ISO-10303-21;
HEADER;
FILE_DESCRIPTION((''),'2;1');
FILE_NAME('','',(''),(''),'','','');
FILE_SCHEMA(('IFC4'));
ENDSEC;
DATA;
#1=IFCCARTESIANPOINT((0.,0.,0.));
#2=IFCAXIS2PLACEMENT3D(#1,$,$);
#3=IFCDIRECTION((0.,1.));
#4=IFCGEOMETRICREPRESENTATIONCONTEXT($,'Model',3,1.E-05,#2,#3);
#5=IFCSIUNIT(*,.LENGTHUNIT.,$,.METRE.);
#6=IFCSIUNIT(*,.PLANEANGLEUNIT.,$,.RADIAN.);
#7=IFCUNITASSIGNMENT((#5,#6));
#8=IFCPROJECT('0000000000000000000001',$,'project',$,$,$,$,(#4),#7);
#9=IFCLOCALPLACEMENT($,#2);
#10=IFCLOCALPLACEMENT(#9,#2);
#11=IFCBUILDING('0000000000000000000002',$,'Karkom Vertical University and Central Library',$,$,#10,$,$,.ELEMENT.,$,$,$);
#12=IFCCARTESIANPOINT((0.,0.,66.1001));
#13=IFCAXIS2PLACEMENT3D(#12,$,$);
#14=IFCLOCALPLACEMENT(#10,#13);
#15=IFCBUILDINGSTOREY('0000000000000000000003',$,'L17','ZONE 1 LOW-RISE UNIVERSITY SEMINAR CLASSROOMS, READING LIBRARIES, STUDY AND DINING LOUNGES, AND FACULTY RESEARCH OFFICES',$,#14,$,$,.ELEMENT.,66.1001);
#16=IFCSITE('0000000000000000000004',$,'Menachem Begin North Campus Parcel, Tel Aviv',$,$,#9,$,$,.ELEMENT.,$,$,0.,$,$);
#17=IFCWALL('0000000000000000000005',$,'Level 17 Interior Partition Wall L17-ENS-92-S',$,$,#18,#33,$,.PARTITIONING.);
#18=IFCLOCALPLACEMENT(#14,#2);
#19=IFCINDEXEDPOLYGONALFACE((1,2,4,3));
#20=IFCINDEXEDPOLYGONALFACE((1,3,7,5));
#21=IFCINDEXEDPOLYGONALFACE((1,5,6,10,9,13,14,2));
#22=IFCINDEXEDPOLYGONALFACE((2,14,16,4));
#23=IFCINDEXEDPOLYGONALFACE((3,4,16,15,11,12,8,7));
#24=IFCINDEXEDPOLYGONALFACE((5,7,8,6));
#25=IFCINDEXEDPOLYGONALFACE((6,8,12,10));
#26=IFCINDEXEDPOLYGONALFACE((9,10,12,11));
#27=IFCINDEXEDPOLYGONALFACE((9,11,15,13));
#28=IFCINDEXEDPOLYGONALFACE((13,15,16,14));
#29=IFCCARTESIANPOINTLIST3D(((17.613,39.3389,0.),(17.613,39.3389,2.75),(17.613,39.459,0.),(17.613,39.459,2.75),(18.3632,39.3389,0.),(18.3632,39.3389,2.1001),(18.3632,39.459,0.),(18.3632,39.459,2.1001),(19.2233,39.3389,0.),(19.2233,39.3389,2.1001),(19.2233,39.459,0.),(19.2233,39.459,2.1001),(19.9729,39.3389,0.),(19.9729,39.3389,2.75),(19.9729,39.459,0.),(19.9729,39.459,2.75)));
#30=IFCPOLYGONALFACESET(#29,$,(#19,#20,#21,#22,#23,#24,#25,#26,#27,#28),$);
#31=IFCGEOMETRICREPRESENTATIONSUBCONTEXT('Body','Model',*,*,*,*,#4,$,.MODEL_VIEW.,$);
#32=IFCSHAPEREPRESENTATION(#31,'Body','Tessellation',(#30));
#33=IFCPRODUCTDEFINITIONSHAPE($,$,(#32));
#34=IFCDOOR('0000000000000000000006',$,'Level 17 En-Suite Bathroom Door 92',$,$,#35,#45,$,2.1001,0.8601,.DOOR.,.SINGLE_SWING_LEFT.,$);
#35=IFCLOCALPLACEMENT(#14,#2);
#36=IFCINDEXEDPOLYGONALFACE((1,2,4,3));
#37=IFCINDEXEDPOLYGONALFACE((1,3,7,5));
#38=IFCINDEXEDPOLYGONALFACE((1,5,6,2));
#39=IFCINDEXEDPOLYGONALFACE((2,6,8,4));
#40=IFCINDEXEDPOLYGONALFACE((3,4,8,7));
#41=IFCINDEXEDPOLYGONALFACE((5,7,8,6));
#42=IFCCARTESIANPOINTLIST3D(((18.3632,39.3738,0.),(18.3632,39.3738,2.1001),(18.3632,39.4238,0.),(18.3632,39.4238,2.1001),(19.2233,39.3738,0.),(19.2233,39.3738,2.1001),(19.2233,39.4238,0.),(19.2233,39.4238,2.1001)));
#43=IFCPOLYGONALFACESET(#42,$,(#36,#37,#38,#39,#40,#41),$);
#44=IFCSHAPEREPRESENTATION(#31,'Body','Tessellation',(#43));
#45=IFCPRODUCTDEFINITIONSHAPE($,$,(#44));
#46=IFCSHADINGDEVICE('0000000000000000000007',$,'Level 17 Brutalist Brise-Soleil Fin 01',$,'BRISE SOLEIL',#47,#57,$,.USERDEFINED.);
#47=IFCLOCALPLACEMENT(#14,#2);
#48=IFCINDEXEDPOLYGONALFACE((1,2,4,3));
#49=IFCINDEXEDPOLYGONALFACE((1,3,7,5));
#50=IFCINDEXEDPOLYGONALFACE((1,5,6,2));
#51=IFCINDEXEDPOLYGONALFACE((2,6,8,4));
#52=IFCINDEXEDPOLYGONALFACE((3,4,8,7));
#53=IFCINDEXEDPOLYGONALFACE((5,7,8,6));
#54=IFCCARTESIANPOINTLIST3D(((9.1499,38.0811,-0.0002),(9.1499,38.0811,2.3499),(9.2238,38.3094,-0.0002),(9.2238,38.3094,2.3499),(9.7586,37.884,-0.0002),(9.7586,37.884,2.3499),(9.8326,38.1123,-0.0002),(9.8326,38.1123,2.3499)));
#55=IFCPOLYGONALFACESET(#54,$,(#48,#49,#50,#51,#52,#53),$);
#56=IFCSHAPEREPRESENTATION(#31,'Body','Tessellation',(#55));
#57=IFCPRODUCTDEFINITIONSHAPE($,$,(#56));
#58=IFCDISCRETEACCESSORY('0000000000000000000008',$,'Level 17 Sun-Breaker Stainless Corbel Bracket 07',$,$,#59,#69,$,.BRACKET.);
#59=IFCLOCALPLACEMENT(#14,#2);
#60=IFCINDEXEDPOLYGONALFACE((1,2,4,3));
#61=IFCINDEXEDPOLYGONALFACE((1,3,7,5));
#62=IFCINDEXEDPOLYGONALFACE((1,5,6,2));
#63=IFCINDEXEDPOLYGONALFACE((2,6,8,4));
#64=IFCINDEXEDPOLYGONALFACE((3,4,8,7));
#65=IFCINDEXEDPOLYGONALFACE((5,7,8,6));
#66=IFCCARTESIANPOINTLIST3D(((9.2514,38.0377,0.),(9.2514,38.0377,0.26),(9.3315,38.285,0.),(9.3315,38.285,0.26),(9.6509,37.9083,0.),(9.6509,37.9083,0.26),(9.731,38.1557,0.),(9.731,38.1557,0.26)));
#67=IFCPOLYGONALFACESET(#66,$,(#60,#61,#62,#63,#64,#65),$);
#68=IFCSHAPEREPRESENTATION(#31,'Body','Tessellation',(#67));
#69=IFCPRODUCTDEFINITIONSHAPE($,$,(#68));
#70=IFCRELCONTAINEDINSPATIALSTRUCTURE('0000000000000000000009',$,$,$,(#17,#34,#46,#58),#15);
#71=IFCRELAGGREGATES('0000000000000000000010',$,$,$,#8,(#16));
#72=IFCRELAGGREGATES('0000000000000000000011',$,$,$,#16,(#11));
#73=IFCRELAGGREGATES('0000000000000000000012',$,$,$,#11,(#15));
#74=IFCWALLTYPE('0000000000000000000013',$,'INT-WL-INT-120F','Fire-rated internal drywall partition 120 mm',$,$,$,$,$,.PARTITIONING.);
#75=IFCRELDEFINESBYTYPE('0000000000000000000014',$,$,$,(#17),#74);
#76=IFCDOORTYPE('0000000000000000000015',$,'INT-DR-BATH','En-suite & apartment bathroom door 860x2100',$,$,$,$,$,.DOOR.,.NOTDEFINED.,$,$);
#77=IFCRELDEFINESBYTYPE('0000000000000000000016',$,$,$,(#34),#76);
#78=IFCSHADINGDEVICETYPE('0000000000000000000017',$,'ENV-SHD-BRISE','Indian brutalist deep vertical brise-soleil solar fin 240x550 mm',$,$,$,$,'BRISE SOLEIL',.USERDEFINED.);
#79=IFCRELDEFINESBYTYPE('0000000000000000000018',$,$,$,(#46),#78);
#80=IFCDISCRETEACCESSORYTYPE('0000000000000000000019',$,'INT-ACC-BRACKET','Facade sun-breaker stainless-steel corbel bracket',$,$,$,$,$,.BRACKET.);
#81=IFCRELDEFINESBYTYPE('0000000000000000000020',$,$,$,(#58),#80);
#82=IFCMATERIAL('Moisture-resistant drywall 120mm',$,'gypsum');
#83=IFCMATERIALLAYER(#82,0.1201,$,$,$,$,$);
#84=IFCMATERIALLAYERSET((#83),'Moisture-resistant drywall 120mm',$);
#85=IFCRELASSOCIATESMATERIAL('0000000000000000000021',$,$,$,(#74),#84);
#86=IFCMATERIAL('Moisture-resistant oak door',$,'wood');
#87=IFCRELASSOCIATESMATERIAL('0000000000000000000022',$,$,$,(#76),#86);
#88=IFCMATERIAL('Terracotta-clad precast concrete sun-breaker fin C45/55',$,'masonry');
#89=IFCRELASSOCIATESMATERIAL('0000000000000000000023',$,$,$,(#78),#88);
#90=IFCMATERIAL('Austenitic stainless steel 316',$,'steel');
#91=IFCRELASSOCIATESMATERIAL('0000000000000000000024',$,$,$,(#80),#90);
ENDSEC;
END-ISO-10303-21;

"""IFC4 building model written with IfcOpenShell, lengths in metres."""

from ifc_helpers import new_model, si_unit, direction, frame, frame_2d, origin, origin_with_axes, origin_2d, place, context, subcontext, project, spatial, rectangle, extrude, source, transform, mapped, material, layer, layer_set, type_object, element, fill, save


model = new_model("IFC4")

# Units and contexts
model_context = context("Model", 3, precision=1e-05, world=origin(), true_north=direction((0.0, 1.0)))
body_context = subcontext(model_context, "Body", "Model", "MODEL_VIEW")
ifc_project = project(units=[si_unit("LENGTHUNIT", "METRE"), si_unit("PLANEANGLEUNIT", "RADIAN")], contexts=[model_context])

# Site, building, storey
site_placement = place(None, origin())
site = spatial("IfcSite", under=ifc_project, at=site_placement, Name="Menachem Begin North Campus Parcel, Tel Aviv", CompositionType="ELEMENT", RefElevation=0.0)
building_placement = place(site_placement, origin())
building = spatial("IfcBuilding", under=site, at=building_placement, Name="Karkom Vertical University and Central Library", CompositionType="ELEMENT")
storey_placement = place(building_placement, frame((0.0, 0.0, 66.1001)))
storey = spatial("IfcBuildingStorey", under=building, at=storey_placement, Name="L17", Description="ZONE 1 LOW-RISE UNIVERSITY SEMINAR CLASSROOMS, READING LIBRARIES, STUDY AND DINING LOUNGES, AND FACULTY RESEARCH OFFICES", CompositionType="ELEMENT", Elevation=66.1001)

# Wall, opening, door
ifc_material_1 = material(Name="Moisture-resistant drywall 120mm", Category="gypsum")
ifc_layer_1 = layer(ifc_material_1, 0.1201)
ifc_layer_set_1 = layer_set([ifc_layer_1], Name="Moisture-resistant drywall 120mm")
wall_type_1 = type_object("IfcWallType", Name="INT-WL-INT-120F", Description="Fire-rated internal drywall partition 120 mm", PredefinedType="PARTITIONING", material=ifc_layer_set_1)
wall_1_placement = place(storey_placement, frame((17.613, 39.3989, 0.0), z_axis=(0.0, 0.0, 1.0), x_axis=(1.0, 0.0, 0.0)))
wall_1 = element("IfcWall", 1, at=wall_1_placement, inside=storey, type_object=wall_type_1, Name="Level 17 Interior Partition Wall L17-ENS-92-S", PredefinedType="PARTITIONING", context=body_context, shape_type="SweptSolid", body=[
    extrude(rectangle(XDim=2.3599, YDim=0.1201, at=frame_2d((1.1799, 0.0))), origin(), (0.0, 0.0, 1.0), 2.75),
])
opening_1_placement = place(wall_1_placement, frame((0.75, 0.0, 0.0)))
opening_1 = element("IfcOpeningElement", 2, at=opening_1_placement, cuts=wall_1, PredefinedType="OPENING", context=body_context, shape_type="SweptSolid", body=[
    extrude(rectangle(XDim=0.8601, YDim=2.1001, at=frame_2d((0.4302, 1.05))), frame((0.0, 0.0701, 0.0), z_axis=(0.0, -1.0, 0.0), x_axis=(1.0, 0.0, 0.0)), (0.0, 0.0, 1.0), 0.1401),
])
ifc_material_2 = material(Name="Moisture-resistant oak door", Category="wood")
door_type_1 = type_object("IfcDoorType", Name="INT-DR-BATH", Description="En-suite & apartment bathroom door 860x2100", OperationType="NOTDEFINED", PredefinedType="DOOR", material=ifc_material_2)
shared_shape_1 = source(origin_with_axes(), body_context, "Body", "SweptSolid", [
    extrude(rectangle(XDim=0.8601, YDim=2.1001, at=frame_2d((0.4302, 1.05))), frame((0.0, 0.0249, 0.0), z_axis=(0.0, -1.0, 0.0), x_axis=(1.0, 0.0, 0.0)), (0.0, 0.0, 1.0), 0.05),
])
door_1_placement = place(opening_1_placement, origin())
door_1 = element("IfcDoor", 3, at=door_1_placement, inside=storey, type_object=door_type_1, Name="Level 17 En-Suite Bathroom Door 92", OperationType="SINGLE_SWING_LEFT", OverallHeight=2.1001, OverallWidth=0.8601, PredefinedType="DOOR", context=body_context, shape_type="MappedRepresentation", body=[
    mapped(shared_shape_1, transform((0.0, 0.0, 0.0), scale=1.0)),
])
fill(opening_1, door_1)

# Shading device
ifc_material_3 = material(Name="Terracotta-clad precast concrete sun-breaker fin C45/55", Category="masonry")
shading_device_type = type_object("IfcShadingDeviceType", Name="ENV-SHD-BRISE", Description="Indian brutalist deep vertical brise-soleil solar fin 240x550 mm", ElementType="BRISE SOLEIL", PredefinedType="USERDEFINED", material=ifc_material_3)
shared_shape_2 = source(origin_with_axes(), body_context, "Body", "SweptSolid", [
    extrude(rectangle(XDim=0.24, YDim=0.6399, at=origin_2d()), origin(), (0.0, 0.0, 1.0), 2.3501),
])
shading_device_placement = place(storey_placement, frame((9.4912, 38.0967, -0.0002), z_axis=(0.0, 0.0, 1.0), x_axis=(-0.308021, -0.95138, 0.0)))
element("IfcShadingDevice", 4, at=shading_device_placement, inside=storey, type_object=shading_device_type, Name="Level 17 Brutalist Brise-Soleil Fin 01", ObjectType="BRISE SOLEIL", PredefinedType="USERDEFINED", context=body_context, shape_type="MappedRepresentation", body=[
    mapped(shared_shape_2, transform((0.0, 0.0, 0.0), scale=1.0)),
])

# Discrete accessory
ifc_material_4 = material(Name="Austenitic stainless steel 316", Category="steel")
discrete_accessory_type = type_object("IfcDiscreteAccessoryType", Name="INT-ACC-BRACKET", Description="Facade sun-breaker stainless-steel corbel bracket", PredefinedType="BRACKET", material=ifc_material_4)
shared_shape_3 = source(origin_with_axes(), body_context, "Body", "SweptSolid", [
    extrude(rectangle(XDim=0.26, YDim=0.4199, at=origin_2d()), origin(), (0.0, 0.0, 1.0), 0.26),
])
discrete_accessory_placement = place(storey_placement, frame((9.4912, 38.0967, 0.0), z_axis=(0.0, 0.0, 1.0), x_axis=(-0.308021, -0.95138, 0.0)))
element("IfcDiscreteAccessory", 5, at=discrete_accessory_placement, inside=storey, type_object=discrete_accessory_type, Name="Level 17 Sun-Breaker Stainless Corbel Bracket 07", PredefinedType="BRACKET", context=body_context, shape_type="MappedRepresentation", body=[
    mapped(shared_shape_3, transform((0.0, 0.0, 0.0), scale=1.0)),
])

save(model, "model.ifc")
